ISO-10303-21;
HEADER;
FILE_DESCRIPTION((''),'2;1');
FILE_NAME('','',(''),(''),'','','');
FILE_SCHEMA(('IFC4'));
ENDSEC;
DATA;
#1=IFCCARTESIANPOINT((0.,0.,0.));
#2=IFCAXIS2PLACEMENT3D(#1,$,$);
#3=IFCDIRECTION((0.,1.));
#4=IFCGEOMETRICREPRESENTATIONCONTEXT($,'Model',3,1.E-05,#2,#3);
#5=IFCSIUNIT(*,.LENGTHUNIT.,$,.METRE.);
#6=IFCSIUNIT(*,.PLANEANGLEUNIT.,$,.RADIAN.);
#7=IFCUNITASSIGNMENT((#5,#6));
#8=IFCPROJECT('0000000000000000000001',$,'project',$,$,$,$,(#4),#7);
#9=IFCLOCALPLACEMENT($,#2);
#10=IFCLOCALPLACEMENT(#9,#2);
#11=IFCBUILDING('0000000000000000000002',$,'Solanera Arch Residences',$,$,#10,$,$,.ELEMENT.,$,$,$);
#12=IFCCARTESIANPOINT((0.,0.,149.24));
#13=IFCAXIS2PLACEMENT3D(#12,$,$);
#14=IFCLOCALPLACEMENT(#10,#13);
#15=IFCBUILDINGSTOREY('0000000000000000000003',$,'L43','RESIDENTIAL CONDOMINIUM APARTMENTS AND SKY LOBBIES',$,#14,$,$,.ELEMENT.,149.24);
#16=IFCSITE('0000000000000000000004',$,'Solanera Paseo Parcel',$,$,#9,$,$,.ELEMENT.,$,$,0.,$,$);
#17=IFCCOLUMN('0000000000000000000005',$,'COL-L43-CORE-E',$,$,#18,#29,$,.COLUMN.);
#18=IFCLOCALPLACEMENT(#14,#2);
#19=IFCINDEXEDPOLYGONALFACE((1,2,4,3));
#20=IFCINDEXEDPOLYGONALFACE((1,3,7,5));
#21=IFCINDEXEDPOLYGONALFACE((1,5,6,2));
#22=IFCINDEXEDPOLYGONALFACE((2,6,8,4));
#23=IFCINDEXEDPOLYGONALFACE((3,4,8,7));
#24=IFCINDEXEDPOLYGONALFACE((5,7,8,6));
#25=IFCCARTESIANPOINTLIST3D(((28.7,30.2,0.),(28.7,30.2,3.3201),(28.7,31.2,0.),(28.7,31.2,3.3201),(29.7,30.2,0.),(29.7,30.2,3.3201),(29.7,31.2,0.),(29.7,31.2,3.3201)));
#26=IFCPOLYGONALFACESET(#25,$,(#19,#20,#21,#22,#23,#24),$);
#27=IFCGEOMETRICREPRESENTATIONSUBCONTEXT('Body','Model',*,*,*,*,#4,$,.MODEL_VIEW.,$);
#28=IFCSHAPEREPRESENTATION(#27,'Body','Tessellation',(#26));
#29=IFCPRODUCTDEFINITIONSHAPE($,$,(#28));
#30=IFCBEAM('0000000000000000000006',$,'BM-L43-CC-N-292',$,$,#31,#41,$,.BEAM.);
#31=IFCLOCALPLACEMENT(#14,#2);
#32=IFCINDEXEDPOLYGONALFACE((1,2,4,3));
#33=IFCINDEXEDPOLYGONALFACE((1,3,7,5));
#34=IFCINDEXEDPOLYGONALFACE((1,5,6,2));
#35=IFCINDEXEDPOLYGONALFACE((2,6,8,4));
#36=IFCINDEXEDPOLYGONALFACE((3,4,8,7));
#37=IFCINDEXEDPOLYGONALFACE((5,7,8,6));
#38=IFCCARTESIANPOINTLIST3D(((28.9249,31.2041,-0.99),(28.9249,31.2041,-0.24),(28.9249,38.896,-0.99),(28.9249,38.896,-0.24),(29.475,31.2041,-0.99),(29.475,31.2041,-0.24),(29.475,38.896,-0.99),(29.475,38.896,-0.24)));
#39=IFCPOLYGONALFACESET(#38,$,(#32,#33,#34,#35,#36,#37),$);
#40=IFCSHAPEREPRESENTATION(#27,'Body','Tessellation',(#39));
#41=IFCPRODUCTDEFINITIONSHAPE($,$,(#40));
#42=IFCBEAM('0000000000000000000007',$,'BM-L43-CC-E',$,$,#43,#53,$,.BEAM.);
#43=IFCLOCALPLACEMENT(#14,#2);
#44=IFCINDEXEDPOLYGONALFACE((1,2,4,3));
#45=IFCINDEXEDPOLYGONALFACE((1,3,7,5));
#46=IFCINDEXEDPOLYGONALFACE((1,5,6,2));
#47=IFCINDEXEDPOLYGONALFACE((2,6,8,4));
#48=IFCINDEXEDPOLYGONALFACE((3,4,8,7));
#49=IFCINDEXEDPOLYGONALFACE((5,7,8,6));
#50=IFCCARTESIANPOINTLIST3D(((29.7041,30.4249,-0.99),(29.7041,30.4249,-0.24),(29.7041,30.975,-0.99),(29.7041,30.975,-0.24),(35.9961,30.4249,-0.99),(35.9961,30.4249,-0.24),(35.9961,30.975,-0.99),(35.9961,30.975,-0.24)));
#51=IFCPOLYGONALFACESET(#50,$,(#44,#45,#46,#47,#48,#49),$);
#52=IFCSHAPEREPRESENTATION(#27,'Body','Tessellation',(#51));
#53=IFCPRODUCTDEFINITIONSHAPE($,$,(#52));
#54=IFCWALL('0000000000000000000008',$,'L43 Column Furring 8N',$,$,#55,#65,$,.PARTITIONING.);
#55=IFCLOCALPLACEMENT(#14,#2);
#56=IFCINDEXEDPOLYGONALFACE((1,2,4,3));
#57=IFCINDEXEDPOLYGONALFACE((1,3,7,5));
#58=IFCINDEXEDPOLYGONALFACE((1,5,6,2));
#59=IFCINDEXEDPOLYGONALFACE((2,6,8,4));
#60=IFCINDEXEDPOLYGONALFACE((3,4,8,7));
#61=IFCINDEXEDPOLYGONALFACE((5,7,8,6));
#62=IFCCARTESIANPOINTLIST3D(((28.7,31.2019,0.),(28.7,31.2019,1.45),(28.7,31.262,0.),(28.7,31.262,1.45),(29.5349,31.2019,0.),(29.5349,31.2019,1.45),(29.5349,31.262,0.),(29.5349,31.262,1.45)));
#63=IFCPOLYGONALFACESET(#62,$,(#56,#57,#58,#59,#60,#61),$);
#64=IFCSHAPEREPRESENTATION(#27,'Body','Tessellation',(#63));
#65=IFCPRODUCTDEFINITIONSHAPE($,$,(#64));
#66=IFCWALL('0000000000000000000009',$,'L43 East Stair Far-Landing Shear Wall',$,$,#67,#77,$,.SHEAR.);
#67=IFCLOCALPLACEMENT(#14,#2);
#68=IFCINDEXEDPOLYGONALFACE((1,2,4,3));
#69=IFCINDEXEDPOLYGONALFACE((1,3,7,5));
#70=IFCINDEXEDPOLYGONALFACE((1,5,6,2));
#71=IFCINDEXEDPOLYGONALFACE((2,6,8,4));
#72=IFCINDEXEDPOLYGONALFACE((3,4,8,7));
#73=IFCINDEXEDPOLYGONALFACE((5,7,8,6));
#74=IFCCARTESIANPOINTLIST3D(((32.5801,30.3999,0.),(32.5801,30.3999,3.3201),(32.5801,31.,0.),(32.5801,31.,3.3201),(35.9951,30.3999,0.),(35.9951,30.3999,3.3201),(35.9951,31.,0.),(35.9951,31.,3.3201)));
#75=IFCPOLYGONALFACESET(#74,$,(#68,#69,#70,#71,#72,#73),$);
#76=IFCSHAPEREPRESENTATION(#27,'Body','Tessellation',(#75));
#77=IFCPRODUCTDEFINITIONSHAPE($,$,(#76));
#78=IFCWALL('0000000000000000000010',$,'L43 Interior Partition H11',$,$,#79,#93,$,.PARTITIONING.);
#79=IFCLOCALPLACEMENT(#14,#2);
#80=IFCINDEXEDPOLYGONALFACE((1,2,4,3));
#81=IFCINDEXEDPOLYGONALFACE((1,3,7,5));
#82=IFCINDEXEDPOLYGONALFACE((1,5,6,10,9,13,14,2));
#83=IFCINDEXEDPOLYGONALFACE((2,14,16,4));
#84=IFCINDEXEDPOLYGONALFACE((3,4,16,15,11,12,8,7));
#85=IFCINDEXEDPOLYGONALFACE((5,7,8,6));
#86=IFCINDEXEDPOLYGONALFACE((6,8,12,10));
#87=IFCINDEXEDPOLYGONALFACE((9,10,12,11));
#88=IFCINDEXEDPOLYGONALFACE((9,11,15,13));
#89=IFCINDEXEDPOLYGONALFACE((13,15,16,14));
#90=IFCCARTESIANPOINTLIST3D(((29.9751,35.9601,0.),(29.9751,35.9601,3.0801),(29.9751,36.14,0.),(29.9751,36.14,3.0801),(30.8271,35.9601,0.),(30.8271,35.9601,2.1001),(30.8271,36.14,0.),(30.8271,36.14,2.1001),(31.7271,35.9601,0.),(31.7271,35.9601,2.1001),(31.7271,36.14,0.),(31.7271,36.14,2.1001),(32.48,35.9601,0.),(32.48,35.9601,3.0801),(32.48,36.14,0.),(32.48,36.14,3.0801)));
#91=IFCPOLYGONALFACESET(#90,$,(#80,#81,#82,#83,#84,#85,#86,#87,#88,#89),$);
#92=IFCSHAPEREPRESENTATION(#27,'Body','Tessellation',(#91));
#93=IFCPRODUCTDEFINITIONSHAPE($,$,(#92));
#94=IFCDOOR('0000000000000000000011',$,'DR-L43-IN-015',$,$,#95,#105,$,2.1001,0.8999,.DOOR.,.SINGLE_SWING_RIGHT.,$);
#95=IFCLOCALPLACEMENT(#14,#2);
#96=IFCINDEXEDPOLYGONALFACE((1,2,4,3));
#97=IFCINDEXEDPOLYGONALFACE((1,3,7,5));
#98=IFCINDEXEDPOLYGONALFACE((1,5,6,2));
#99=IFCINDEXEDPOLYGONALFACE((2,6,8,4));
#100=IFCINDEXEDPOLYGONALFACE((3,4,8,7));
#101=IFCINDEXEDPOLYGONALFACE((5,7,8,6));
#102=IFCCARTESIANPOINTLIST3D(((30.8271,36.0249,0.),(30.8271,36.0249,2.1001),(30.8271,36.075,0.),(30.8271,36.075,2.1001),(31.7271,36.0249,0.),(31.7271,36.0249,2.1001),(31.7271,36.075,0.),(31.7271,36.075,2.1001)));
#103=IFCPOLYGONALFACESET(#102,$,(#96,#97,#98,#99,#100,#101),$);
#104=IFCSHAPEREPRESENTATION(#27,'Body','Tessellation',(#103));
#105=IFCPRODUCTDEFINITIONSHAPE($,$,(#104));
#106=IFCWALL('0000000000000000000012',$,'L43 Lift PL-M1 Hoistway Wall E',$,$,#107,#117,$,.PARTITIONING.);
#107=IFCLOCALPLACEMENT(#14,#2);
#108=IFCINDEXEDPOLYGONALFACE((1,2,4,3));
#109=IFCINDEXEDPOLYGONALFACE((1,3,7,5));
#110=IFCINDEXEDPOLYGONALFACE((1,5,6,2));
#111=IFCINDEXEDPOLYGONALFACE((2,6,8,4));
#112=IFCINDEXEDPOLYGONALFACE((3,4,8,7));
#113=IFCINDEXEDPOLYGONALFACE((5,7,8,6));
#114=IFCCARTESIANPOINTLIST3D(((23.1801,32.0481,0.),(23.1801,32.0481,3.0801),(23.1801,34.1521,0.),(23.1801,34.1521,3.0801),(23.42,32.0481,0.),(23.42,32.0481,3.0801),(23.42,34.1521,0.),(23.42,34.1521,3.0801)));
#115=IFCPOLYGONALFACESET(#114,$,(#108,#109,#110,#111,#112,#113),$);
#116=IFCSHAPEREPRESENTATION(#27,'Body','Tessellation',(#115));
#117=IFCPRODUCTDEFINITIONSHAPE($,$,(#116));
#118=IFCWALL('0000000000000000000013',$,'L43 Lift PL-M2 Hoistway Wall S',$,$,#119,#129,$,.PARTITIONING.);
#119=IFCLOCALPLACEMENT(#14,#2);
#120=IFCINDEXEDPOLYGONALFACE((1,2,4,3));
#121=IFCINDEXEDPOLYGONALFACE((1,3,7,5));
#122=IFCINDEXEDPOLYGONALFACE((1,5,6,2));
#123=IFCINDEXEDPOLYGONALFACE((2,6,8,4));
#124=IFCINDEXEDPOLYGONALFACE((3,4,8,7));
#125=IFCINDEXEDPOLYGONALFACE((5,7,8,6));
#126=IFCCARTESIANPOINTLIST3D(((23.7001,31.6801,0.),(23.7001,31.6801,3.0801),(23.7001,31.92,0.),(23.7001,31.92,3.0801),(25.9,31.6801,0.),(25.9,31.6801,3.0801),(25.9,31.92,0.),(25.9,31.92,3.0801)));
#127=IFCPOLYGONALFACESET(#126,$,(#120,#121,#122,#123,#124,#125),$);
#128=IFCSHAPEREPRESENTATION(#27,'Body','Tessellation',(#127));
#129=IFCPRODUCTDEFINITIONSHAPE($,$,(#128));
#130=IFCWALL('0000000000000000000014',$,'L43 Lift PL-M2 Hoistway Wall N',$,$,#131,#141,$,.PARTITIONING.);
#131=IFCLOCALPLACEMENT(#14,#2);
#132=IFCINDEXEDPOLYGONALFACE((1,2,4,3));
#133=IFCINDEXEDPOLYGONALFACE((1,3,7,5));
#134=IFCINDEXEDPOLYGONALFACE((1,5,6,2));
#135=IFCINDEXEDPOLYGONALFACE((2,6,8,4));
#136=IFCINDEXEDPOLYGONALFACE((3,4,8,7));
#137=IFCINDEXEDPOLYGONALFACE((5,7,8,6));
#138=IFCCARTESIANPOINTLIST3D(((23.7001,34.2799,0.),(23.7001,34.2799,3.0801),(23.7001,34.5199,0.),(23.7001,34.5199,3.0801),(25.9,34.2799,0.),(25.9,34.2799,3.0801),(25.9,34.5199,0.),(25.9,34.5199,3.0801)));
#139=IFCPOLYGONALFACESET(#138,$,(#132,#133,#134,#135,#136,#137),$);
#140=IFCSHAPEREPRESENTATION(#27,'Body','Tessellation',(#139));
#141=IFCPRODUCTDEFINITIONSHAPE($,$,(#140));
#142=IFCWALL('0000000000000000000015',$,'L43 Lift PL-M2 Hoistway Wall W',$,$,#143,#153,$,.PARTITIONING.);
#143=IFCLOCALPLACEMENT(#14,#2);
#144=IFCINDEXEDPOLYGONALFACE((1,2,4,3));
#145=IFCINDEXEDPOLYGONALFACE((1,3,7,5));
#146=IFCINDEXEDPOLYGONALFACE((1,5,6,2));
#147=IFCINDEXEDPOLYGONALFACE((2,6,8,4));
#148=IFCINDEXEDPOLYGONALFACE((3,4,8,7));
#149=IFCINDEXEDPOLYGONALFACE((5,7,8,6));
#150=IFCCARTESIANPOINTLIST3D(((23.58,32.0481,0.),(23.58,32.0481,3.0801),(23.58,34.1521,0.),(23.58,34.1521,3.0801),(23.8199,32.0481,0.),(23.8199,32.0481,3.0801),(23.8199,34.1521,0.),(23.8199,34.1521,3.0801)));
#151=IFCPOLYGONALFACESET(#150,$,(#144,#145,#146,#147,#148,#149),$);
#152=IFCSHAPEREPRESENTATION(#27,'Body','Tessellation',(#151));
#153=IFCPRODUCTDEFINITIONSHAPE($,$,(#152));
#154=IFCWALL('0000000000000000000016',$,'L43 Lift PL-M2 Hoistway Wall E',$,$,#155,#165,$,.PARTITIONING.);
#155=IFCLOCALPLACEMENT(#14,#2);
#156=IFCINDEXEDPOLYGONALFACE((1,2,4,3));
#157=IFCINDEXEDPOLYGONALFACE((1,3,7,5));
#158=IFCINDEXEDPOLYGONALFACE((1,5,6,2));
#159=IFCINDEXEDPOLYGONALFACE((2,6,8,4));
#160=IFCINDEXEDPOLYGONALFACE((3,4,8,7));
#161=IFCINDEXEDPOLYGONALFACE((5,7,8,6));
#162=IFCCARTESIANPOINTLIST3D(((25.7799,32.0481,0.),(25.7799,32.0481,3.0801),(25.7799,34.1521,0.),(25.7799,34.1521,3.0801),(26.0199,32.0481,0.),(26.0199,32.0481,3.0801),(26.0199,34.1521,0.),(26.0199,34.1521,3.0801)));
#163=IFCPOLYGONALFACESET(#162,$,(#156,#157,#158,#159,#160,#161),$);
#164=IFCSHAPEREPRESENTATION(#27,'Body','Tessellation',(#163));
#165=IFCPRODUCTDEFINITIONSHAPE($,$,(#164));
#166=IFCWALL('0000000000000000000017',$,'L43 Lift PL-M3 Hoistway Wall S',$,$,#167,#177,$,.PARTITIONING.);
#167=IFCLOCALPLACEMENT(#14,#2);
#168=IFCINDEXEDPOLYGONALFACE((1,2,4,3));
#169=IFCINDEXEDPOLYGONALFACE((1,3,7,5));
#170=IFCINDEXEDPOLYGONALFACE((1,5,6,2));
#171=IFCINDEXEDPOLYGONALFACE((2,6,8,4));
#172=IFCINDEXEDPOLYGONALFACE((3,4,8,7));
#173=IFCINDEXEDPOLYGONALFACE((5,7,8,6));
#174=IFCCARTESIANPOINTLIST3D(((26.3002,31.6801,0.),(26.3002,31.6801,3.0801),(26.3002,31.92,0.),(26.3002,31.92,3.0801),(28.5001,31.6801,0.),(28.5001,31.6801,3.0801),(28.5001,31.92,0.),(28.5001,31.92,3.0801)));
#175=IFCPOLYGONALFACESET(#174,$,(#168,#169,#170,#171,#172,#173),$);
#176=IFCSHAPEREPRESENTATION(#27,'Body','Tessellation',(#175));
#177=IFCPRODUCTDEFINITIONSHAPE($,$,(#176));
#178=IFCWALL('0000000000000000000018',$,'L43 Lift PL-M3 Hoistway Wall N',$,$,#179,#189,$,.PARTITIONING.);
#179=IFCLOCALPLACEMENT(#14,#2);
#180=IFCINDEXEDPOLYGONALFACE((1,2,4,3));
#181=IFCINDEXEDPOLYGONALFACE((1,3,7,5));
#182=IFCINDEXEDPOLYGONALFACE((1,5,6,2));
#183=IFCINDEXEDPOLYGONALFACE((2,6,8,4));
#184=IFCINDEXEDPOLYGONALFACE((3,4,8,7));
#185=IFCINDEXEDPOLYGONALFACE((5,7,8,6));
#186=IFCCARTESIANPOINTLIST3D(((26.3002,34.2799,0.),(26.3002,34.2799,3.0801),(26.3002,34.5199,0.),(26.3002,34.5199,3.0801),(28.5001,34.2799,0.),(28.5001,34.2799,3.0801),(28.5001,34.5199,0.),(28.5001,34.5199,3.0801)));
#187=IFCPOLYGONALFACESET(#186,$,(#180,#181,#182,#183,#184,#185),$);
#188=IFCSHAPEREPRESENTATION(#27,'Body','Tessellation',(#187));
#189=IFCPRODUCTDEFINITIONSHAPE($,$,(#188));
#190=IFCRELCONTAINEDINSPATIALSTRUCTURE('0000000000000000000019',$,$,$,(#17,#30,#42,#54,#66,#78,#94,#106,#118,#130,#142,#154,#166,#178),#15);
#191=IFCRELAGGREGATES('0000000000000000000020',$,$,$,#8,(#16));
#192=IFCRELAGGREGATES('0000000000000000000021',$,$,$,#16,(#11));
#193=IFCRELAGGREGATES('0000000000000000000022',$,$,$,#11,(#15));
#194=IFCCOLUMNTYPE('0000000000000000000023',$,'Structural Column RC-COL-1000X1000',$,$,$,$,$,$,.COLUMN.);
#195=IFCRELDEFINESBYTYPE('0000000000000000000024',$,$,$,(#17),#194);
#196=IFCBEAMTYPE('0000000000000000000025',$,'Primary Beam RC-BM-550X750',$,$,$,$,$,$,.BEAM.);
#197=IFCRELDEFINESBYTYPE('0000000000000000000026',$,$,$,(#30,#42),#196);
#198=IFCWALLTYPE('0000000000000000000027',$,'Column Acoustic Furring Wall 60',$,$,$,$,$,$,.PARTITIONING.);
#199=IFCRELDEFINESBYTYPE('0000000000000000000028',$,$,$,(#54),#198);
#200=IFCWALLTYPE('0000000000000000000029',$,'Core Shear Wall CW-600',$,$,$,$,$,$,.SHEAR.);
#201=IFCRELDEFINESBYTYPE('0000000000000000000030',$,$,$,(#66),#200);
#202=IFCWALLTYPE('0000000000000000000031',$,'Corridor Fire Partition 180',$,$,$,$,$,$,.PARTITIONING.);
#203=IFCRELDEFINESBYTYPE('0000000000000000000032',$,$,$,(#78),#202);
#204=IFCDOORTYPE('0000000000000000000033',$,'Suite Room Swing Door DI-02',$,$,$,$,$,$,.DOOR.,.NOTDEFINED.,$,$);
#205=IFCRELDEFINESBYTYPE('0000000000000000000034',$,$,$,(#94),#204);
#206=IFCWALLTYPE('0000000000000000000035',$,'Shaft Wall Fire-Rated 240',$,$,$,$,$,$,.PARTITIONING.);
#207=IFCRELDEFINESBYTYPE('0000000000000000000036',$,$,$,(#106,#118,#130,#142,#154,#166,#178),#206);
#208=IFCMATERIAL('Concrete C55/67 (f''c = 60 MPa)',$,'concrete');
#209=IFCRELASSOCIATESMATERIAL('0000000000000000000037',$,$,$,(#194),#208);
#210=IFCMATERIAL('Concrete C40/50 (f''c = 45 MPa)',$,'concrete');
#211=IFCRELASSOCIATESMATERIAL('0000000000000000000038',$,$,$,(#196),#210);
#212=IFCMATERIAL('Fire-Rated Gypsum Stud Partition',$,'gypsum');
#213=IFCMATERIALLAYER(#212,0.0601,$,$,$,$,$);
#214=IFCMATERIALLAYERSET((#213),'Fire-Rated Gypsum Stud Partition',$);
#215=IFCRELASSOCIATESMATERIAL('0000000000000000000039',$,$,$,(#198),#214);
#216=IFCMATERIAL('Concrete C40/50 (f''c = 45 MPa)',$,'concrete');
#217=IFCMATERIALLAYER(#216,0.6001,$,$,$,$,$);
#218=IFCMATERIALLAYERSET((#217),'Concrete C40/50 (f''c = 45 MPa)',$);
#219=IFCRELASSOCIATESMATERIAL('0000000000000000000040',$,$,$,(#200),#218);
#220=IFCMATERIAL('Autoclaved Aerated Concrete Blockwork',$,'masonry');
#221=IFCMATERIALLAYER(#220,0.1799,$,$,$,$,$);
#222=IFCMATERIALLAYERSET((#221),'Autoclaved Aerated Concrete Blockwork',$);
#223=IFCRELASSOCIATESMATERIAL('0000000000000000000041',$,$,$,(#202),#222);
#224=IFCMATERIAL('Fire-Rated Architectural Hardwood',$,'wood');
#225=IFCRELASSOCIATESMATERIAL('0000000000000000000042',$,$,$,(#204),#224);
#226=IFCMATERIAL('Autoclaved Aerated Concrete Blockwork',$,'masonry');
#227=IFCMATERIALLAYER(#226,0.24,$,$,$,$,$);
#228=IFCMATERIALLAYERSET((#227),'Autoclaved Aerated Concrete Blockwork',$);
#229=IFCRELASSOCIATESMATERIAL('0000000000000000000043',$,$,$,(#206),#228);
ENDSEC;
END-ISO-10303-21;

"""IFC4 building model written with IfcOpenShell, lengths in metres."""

from ifc_helpers import new_model, si_unit, direction, frame, frame_2d, origin, origin_2d, place, context, subcontext, project, spatial, rectangle, extrude, material, layer, layer_set, material_profile, profile_set, type_object, element, fill, save


model = new_model("IFC4")

# Units and contexts
model_context = context("Model", 3, precision=1e-05, world=origin(), true_north=direction((0.0, 1.0)))
body_context = subcontext(model_context, "Body", "Model", "MODEL_VIEW")
ifc_project = project(units=[si_unit("LENGTHUNIT", "METRE"), si_unit("PLANEANGLEUNIT", "RADIAN")], contexts=[model_context])

# Site, building, storey
site_placement = place(None, origin())
site = spatial("IfcSite", under=ifc_project, at=site_placement, Name="Solanera Paseo Parcel", CompositionType="ELEMENT", RefElevation=0.0)
building_placement = place(site_placement, origin())
building = spatial("IfcBuilding", under=site, at=building_placement, Name="Solanera Arch Residences", CompositionType="ELEMENT")
storey_placement = place(building_placement, frame((0.0, 0.0, 149.24)))
storey = spatial("IfcBuildingStorey", under=building, at=storey_placement, Name="L43", Description="RESIDENTIAL CONDOMINIUM APARTMENTS AND SKY LOBBIES", CompositionType="ELEMENT", Elevation=149.24)

# Column
ifc_material_1 = material(Name="Concrete C55/67 (f'c = 60 MPa)", Category="concrete")
ifc_material_profile_1 = material_profile(ifc_material_1, rectangle(XDim=1.0, YDim=1.0, at=origin_2d()))
ifc_profile_set_1 = profile_set([ifc_material_profile_1], Name="Concrete C55/67 (f'c = 60 MPa)")
column_type = type_object("IfcColumnType", Name="Structural Column RC-COL-1000X1000", PredefinedType="COLUMN", material=ifc_profile_set_1)
column_placement = place(storey_placement, frame((29.2, 30.7, 0.0), z_axis=(0.0, 0.0, 1.0), x_axis=(1.0, 0.0, 0.0)))
element("IfcColumn", 1, at=column_placement, inside=storey, type_object=column_type, Name="COL-L43-CORE-E", PredefinedType="COLUMN", context=body_context, shape_type="SweptSolid", body=[
    extrude(rectangle(XDim=1.0, YDim=1.0, at=origin_2d()), origin(), (0.0, 0.0, 1.0), 3.3201),
])

# Beams
ifc_material_2 = material(Name="Concrete C40/50 (f'c = 45 MPa)", Category="concrete")
ifc_material_profile_2 = material_profile(ifc_material_2, rectangle(XDim=0.55, YDim=0.75, at=origin_2d()))
ifc_profile_set_2 = profile_set([ifc_material_profile_2], Name="Concrete C40/50 (f'c = 45 MPa)")
beam_type = type_object("IfcBeamType", Name="Primary Beam RC-BM-550X750", PredefinedType="BEAM", material=ifc_profile_set_2)
beam_1_placement = place(storey_placement, frame((29.2, 31.2041, -0.615), z_axis=(0.0, 1.0, 0.0), x_axis=(-1.0, 0.0, 0.0)))
element("IfcBeam", 2, at=beam_1_placement, inside=storey, type_object=beam_type, Name="BM-L43-CC-N-292", PredefinedType="BEAM", context=body_context, shape_type="SweptSolid", body=[
    extrude(rectangle(XDim=0.55, YDim=0.75, at=origin_2d()), origin(), (0.0, 0.0, 1.0), 7.6919),
])
beam_2_placement = place(storey_placement, frame((29.7041, 30.7, -0.615), z_axis=(1.0, 0.0, 0.0), x_axis=(0.0, 1.0, 0.0)))
element("IfcBeam", 3, at=beam_2_placement, inside=storey, type_object=beam_type, Name="BM-L43-CC-E", PredefinedType="BEAM", context=body_context, shape_type="SweptSolid", body=[
    extrude(rectangle(XDim=0.55, YDim=0.75, at=origin_2d()), origin(), (0.0, 0.0, 1.0), 6.292),
])

# Wall
ifc_material_3 = material(Name="Fire-Rated Gypsum Stud Partition", Category="gypsum")
ifc_layer_1 = layer(ifc_material_3, 0.0601)
ifc_layer_set_1 = layer_set([ifc_layer_1], Name="Fire-Rated Gypsum Stud Partition")
wall_type_1 = type_object("IfcWallType", Name="Column Acoustic Furring Wall 60", PredefinedType="PARTITIONING", material=ifc_layer_set_1)
wall_1_placement = place(storey_placement, frame((28.7, 31.2319, 0.0), z_axis=(0.0, 0.0, 1.0), x_axis=(1.0, 0.0, 0.0)))
element("IfcWall", 4, at=wall_1_placement, inside=storey, type_object=wall_type_1, Name="L43 Column Furring 8N", PredefinedType="PARTITIONING", context=body_context, shape_type="SweptSolid", body=[
    extrude(rectangle(XDim=0.835, YDim=0.0601, at=frame_2d((0.4175, 0.0))), origin(), (0.0, 0.0, 1.0), 1.45),
])

# Wall
ifc_material_4 = material(Name="Concrete C40/50 (f'c = 45 MPa)", Category="concrete")
ifc_layer_2 = layer(ifc_material_4, 0.6001)
ifc_layer_set_2 = layer_set([ifc_layer_2], Name="Concrete C40/50 (f'c = 45 MPa)")
wall_type_2 = type_object("IfcWallType", Name="Core Shear Wall CW-600", PredefinedType="SHEAR", material=ifc_layer_set_2)
wall_2_placement = place(storey_placement, frame((32.5801, 30.7, 0.0), z_axis=(0.0, 0.0, 1.0), x_axis=(1.0, 0.0, 0.0)))
element("IfcWall", 5, at=wall_2_placement, inside=storey, type_object=wall_type_2, Name="L43 East Stair Far-Landing Shear Wall", PredefinedType="SHEAR", context=body_context, shape_type="SweptSolid", body=[
    extrude(rectangle(XDim=3.415, YDim=0.6001, at=frame_2d((1.7075, 0.0))), origin(), (0.0, 0.0, 1.0), 3.3201),
])

# Wall, opening, door
ifc_material_5 = material(Name="Autoclaved Aerated Concrete Blockwork", Category="masonry")
ifc_layer_3 = layer(ifc_material_5, 0.1799)
ifc_layer_set_3 = layer_set([ifc_layer_3], Name="Autoclaved Aerated Concrete Blockwork")
wall_type_3 = type_object("IfcWallType", Name="Corridor Fire Partition 180", PredefinedType="PARTITIONING", material=ifc_layer_set_3)
wall_3_placement = place(storey_placement, frame((29.9751, 36.05, 0.0), z_axis=(0.0, 0.0, 1.0), x_axis=(1.0, 0.0, 0.0)))
wall_3 = element("IfcWall", 6, at=wall_3_placement, inside=storey, type_object=wall_type_3, Name="L43 Interior Partition H11", PredefinedType="PARTITIONING", context=body_context, shape_type="SweptSolid", body=[
    extrude(rectangle(XDim=2.5049, YDim=0.1799, at=frame_2d((1.2524, 0.0))), origin(), (0.0, 0.0, 1.0), 3.0801),
])
opening_1_placement = place(wall_3_placement, frame((0.8521, 0.0, 0.0)))
opening_1 = element("IfcOpeningElement", 7, at=opening_1_placement, cuts=wall_3, PredefinedType="OPENING", context=body_context, shape_type="SweptSolid", body=[
    extrude(rectangle(XDim=0.8999, YDim=2.1001, at=frame_2d((0.45, 1.05))), frame((0.0, 0.1001, 0.0), z_axis=(0.0, -1.0, 0.0), x_axis=(1.0, 0.0, 0.0)), (0.0, 0.0, 1.0), 0.1999),
])
ifc_material_6 = material(Name="Fire-Rated Architectural Hardwood", Category="wood")
door_type_1 = type_object("IfcDoorType", Name="Suite Room Swing Door DI-02", OperationType="NOTDEFINED", PredefinedType="DOOR", material=ifc_material_6)
door_1_placement = place(opening_1_placement, origin())
door_1 = element("IfcDoor", 8, at=door_1_placement, inside=storey, type_object=door_type_1, Name="DR-L43-IN-015", OperationType="SINGLE_SWING_RIGHT", OverallHeight=2.1001, OverallWidth=0.8999, PredefinedType="DOOR", context=body_context, shape_type="SweptSolid", body=[
    extrude(rectangle(XDim=0.8999, YDim=2.1001, at=frame_2d((0.45, 1.05))), frame((0.0, 0.0249, 0.0), z_axis=(0.0, -1.0, 0.0), x_axis=(1.0, 0.0, 0.0)), (0.0, 0.0, 1.0), 0.05),
])
fill(opening_1, door_1)

# Walls
ifc_material_7 = material(Name="Autoclaved Aerated Concrete Blockwork", Category="masonry")
ifc_layer_4 = layer(ifc_material_7, 0.24)
ifc_layer_set_4 = layer_set([ifc_layer_4], Name="Autoclaved Aerated Concrete Blockwork")
wall_type_4 = type_object("IfcWallType", Name="Shaft Wall Fire-Rated 240", PredefinedType="PARTITIONING", material=ifc_layer_set_4)
wall_4_placement = place(storey_placement, frame((23.3, 32.0481, 0.0), z_axis=(0.0, 0.0, 1.0), x_axis=(0.0, 1.0, 0.0)))
element("IfcWall", 9, at=wall_4_placement, inside=storey, type_object=wall_type_4, Name="L43 Lift PL-M1 Hoistway Wall E", PredefinedType="PARTITIONING", context=body_context, shape_type="SweptSolid", body=[
    extrude(rectangle(XDim=2.104, YDim=0.24, at=frame_2d((1.052, 0.0))), origin(), (0.0, 0.0, 1.0), 3.0801),
])
for number, where, z_axis, x_axis, name in (
    (10, (23.7, 31.8, 0.0), (0.0, 0.0, 1.0), (1.0, 0.0, 0.0), "L43 Lift PL-M2 Hoistway Wall S"),
    (11, (23.7, 34.3999, 0.0), (0.0, 0.0, 1.0), (1.0, 0.0, 0.0), "L43 Lift PL-M2 Hoistway Wall N"),
):
    element("IfcWall", number, at=place(storey_placement, frame(where, z_axis=z_axis, x_axis=x_axis)), inside=storey, type_object=wall_type_4, Name=name, PredefinedType="PARTITIONING", context=body_context, shape_type="SweptSolid", body=[
        extrude(rectangle(XDim=2.2, YDim=0.24, at=frame_2d((1.1001, 0.0))), origin(), (0.0, 0.0, 1.0), 3.0801),
    ])
for number, where, z_axis, x_axis, name in (
    (12, (23.7, 32.0481, 0.0), (0.0, 0.0, 1.0), (0.0, 1.0, 0.0), "L43 Lift PL-M2 Hoistway Wall W"),
    (13, (25.8999, 32.0481, 0.0), (0.0, 0.0, 1.0), (0.0, 1.0, 0.0), "L43 Lift PL-M2 Hoistway Wall E"),
):
    element("IfcWall", number, at=place(storey_placement, frame(where, z_axis=z_axis, x_axis=x_axis)), inside=storey, type_object=wall_type_4, Name=name, PredefinedType="PARTITIONING", context=body_context, shape_type="SweptSolid", body=[
        extrude(rectangle(XDim=2.104, YDim=0.24, at=frame_2d((1.052, 0.0))), origin(), (0.0, 0.0, 1.0), 3.0801),
    ])
for number, where, z_axis, x_axis, name in (
    (14, (26.3, 31.8, 0.0), (0.0, 0.0, 1.0), (1.0, 0.0, 0.0), "L43 Lift PL-M3 Hoistway Wall S"),
    (15, (26.3, 34.3999, 0.0), (0.0, 0.0, 1.0), (1.0, 0.0, 0.0), "L43 Lift PL-M3 Hoistway Wall N"),
):
    element("IfcWall", number, at=place(storey_placement, frame(where, z_axis=z_axis, x_axis=x_axis)), inside=storey, type_object=wall_type_4, Name=name, PredefinedType="PARTITIONING", context=body_context, shape_type="SweptSolid", body=[
        extrude(rectangle(XDim=2.2, YDim=0.24, at=frame_2d((1.1001, 0.0))), origin(), (0.0, 0.0, 1.0), 3.0801),
    ])

save(model, "model.ifc")
